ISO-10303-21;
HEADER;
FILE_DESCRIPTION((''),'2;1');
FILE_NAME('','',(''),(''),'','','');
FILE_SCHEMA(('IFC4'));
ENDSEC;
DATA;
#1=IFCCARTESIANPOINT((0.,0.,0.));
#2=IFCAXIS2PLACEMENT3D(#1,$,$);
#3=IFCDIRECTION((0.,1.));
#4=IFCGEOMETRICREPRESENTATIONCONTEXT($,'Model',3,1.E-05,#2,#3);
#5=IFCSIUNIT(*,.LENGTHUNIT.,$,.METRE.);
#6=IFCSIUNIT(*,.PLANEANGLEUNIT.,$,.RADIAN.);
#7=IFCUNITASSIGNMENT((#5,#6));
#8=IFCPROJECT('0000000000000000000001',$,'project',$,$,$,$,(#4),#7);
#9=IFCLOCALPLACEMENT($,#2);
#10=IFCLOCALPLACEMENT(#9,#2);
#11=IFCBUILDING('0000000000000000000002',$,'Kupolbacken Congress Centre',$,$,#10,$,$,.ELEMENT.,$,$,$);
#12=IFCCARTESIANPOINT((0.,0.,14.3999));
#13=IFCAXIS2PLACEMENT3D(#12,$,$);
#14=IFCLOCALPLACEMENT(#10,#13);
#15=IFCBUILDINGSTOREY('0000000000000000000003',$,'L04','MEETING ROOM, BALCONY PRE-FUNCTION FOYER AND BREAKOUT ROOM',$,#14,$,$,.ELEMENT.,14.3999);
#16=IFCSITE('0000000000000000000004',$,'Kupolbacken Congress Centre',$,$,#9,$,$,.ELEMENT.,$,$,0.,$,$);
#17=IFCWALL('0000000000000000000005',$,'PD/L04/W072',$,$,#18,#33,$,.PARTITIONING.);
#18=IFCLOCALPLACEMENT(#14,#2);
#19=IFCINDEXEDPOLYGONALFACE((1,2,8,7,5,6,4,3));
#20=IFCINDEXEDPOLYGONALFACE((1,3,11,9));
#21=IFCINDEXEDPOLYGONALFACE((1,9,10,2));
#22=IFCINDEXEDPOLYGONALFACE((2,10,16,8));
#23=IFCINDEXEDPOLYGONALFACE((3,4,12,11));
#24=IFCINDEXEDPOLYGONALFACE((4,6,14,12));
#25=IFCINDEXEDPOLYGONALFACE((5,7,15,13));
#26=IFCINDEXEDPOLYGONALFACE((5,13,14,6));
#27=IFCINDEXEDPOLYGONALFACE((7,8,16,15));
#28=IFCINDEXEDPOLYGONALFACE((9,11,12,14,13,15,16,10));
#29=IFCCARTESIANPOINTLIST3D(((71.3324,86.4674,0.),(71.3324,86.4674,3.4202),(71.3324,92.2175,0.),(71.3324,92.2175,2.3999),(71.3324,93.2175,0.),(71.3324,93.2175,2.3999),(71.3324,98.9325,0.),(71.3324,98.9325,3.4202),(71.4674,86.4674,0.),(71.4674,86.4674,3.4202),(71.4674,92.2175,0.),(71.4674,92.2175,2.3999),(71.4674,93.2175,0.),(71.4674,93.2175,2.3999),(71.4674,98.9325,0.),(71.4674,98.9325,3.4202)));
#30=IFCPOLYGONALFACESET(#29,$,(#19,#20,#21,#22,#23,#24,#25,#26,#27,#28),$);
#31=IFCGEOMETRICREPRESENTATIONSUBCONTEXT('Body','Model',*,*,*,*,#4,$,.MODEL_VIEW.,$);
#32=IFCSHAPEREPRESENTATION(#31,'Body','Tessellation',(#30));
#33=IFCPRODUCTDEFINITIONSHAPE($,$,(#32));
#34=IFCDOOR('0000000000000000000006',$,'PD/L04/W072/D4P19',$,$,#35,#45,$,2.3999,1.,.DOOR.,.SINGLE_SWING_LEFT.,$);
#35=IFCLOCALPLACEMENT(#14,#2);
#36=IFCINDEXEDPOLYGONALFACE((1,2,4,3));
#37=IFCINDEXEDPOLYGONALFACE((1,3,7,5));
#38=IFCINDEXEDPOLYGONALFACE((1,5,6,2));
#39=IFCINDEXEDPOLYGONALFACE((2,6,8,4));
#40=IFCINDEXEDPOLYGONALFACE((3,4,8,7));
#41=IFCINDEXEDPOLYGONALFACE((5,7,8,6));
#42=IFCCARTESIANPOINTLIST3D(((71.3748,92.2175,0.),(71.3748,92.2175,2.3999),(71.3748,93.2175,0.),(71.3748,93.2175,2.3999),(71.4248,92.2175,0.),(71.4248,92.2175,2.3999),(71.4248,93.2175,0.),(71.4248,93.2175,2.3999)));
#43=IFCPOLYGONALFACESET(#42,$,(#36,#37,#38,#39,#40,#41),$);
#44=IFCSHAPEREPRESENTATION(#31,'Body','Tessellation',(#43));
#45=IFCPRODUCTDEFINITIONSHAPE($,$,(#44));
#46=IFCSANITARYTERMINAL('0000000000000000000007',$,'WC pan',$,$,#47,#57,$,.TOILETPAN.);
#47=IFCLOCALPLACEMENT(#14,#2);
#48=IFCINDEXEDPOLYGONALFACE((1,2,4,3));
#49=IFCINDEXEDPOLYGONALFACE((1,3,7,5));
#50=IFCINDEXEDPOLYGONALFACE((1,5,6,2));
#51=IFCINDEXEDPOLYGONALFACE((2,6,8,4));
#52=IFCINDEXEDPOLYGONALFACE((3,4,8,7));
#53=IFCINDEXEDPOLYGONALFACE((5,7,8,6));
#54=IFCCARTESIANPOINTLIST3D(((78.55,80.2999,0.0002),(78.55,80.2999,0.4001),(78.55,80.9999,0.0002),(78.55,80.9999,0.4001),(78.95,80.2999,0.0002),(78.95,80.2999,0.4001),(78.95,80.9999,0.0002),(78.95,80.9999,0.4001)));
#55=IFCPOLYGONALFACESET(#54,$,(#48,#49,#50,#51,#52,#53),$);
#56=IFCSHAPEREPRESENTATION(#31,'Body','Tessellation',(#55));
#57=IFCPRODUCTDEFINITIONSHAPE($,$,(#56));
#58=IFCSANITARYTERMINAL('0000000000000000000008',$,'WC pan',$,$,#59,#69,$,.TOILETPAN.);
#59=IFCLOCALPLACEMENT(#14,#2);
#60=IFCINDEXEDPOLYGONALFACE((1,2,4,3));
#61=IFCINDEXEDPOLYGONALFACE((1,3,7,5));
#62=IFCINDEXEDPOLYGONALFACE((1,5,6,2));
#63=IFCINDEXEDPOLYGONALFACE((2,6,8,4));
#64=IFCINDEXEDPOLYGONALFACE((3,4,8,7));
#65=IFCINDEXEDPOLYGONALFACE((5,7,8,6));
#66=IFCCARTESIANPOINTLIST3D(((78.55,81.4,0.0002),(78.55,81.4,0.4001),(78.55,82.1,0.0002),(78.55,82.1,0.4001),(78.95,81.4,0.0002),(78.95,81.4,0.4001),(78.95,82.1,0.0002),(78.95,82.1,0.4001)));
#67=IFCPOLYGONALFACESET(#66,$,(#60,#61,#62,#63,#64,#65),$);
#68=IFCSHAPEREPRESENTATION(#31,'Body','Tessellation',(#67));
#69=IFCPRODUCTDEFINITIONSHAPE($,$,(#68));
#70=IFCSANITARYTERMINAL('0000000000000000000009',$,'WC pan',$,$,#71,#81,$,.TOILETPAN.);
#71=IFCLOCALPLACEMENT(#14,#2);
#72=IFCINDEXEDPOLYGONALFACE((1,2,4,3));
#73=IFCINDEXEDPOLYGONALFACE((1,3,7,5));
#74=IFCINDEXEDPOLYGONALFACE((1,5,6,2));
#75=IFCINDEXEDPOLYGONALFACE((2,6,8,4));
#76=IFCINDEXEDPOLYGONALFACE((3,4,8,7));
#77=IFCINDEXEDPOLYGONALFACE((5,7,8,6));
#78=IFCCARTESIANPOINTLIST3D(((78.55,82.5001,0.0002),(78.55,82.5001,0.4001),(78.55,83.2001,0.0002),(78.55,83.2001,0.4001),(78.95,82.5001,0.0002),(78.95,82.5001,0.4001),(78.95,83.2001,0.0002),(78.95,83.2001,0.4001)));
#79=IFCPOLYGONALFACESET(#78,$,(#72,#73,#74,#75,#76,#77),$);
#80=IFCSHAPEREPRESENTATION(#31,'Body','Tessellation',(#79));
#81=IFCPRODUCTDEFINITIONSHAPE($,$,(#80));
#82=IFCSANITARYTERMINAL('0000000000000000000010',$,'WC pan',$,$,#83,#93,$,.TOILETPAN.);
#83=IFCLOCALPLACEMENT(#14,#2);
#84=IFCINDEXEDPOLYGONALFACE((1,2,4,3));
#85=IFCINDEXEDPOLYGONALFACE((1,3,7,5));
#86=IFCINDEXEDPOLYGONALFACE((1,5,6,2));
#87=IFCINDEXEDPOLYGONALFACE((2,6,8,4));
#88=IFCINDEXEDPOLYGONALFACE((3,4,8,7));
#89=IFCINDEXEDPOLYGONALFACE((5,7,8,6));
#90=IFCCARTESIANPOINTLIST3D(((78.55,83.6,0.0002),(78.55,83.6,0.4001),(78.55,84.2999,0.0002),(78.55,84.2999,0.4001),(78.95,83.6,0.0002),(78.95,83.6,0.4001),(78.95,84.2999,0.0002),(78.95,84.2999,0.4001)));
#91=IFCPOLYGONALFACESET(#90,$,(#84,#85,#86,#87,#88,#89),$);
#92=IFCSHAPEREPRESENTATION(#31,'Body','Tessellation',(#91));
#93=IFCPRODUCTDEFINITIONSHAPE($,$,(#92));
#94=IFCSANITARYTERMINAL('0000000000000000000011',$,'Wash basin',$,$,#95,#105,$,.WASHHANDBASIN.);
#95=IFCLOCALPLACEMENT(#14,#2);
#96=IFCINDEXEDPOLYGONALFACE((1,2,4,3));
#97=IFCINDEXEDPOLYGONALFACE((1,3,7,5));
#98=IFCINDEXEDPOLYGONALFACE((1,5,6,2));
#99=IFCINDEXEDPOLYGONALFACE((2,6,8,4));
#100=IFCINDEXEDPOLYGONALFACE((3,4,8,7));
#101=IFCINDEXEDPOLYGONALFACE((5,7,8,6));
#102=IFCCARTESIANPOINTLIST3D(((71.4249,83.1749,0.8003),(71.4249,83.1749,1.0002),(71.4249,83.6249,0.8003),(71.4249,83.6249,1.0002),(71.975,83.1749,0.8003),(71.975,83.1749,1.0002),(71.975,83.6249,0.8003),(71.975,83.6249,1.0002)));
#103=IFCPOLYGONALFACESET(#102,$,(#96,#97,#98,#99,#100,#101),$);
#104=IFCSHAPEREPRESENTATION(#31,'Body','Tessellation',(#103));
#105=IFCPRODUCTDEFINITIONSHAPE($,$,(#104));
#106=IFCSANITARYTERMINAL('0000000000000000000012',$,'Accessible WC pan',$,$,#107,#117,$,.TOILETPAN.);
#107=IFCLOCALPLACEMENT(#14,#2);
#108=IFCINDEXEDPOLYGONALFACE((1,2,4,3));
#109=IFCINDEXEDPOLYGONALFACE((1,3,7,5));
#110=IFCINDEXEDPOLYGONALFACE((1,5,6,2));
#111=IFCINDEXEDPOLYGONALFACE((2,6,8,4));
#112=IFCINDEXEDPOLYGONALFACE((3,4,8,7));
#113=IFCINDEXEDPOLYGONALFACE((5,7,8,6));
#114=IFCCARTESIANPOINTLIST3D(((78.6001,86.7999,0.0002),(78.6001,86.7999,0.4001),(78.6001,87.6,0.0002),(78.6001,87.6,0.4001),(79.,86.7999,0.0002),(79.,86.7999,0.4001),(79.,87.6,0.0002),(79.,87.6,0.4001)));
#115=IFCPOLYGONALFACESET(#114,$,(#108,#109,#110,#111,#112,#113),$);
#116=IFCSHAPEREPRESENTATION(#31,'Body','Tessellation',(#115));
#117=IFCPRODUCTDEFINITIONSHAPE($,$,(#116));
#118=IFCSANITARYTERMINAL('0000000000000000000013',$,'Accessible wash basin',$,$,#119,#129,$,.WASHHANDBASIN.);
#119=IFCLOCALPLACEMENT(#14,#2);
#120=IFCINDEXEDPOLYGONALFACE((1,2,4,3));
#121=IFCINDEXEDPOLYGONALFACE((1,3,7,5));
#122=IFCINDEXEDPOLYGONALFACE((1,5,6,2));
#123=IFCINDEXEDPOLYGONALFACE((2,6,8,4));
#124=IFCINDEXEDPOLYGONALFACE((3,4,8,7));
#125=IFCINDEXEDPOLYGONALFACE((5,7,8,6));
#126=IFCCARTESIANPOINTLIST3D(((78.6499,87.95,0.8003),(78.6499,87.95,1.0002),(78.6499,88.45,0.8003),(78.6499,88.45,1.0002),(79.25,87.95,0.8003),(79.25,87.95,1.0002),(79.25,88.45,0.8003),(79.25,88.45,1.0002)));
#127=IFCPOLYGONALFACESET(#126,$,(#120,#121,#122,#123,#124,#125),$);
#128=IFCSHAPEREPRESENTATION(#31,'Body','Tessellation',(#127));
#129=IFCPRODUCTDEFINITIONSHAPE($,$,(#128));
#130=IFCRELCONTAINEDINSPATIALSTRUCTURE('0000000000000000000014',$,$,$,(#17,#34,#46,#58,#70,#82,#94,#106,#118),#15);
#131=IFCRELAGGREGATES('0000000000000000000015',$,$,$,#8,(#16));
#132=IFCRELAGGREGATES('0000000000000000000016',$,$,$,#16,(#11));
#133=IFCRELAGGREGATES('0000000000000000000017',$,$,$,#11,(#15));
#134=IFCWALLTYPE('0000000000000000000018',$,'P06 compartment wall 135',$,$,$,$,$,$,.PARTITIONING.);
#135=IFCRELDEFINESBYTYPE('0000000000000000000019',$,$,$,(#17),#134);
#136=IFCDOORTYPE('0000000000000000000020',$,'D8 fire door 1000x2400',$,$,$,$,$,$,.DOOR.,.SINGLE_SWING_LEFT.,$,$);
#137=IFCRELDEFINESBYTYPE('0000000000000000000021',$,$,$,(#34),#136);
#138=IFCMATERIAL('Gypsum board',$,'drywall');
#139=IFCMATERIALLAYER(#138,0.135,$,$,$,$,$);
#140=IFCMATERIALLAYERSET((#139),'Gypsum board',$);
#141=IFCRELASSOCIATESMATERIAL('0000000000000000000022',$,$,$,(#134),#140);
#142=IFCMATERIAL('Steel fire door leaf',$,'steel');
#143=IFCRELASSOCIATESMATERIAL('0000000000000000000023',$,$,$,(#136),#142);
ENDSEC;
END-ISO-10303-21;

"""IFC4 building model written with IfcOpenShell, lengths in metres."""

from ifc_helpers import new_model, si_unit, direction, frame, frame_2d, origin, origin_2d, place, context, subcontext, project, spatial, rectangle, extrude, material, layer, layer_set, type_object, element, fill, save


model = new_model("IFC4")

# Units and contexts
model_context = context("Model", 3, precision=1e-05, world=origin(), true_north=direction((0.0, 1.0)))
body_context = subcontext(model_context, "Body", "Model", "MODEL_VIEW")
ifc_project = project(units=[si_unit("LENGTHUNIT", "METRE"), si_unit("PLANEANGLEUNIT", "RADIAN")], contexts=[model_context])

# Site, building, storey
site_placement = place(None, origin())
site = spatial("IfcSite", under=ifc_project, at=site_placement, Name="Kupolbacken Congress Centre", CompositionType="ELEMENT", RefElevation=0.0)
building_placement = place(site_placement, origin())
building = spatial("IfcBuilding", under=site, at=building_placement, Name="Kupolbacken Congress Centre", CompositionType="ELEMENT")
storey_placement = place(building_placement, frame((0.0, 0.0, 14.3999)))
storey = spatial("IfcBuildingStorey", under=building, at=storey_placement, Name="L04", Description="MEETING ROOM, BALCONY PRE-FUNCTION FOYER AND BREAKOUT ROOM", CompositionType="ELEMENT", Elevation=14.3999)

# Shared definitions
ifc_material_1 = material(Name="Gypsum board", Category="drywall")
ifc_layer_1 = layer(ifc_material_1, 0.135)
ifc_layer_set_1 = layer_set([ifc_layer_1], Name="Gypsum board")
wall_type_1 = type_object("IfcWallType", Name="P06 compartment wall 135", PredefinedType="PARTITIONING", material=ifc_layer_set_1)

# Wall, opening, door
wall_1_placement = place(storey_placement, frame((71.3999, 86.4675, 0.0), z_axis=(0.0, 0.0, 1.0), x_axis=(0.0, 1.0, 0.0)))
wall_1 = element("IfcWall", 1, at=wall_1_placement, inside=storey, type_object=wall_type_1, Name="PD/L04/W072", PredefinedType="PARTITIONING", context=body_context, shape_type="SweptSolid", body=[
    extrude(rectangle(XDim=12.4651, YDim=0.135, at=frame_2d((6.2324, 0.0))), origin(), (0.0, 0.0, 1.0), 3.4202),
])
opening_1_placement = place(wall_1_placement, frame((5.75, 0.0, 0.0)))
opening_1 = element("IfcOpeningElement", 2, at=opening_1_placement, cuts=wall_1, PredefinedType="OPENING", context=body_context, shape_type="SweptSolid", body=[
    extrude(rectangle(XDim=1.0, YDim=2.3999, at=frame_2d((0.5, 1.2))), frame((0.0, 0.0774, 0.0), z_axis=(0.0, -1.0, 0.0), x_axis=(1.0, 0.0, 0.0)), (0.0, 0.0, 1.0), 0.155),
])
ifc_material_2 = material(Name="Steel fire door leaf", Category="steel")
door_type_1 = type_object("IfcDoorType", Name="D8 fire door 1000x2400", OperationType="SINGLE_SWING_LEFT", PredefinedType="DOOR", material=ifc_material_2)
door_1_placement = place(opening_1_placement, frame((1.0, 0.0, 0.0), z_axis=(0.0, 0.0, 1.0), x_axis=(-1.0, 0.0, 0.0)))
door_1 = element("IfcDoor", 3, at=door_1_placement, inside=storey, type_object=door_type_1, Name="PD/L04/W072/D4P19", OperationType="SINGLE_SWING_LEFT", OverallHeight=2.3999, OverallWidth=1.0, PredefinedType="DOOR", context=body_context, shape_type="SweptSolid", body=[
    extrude(rectangle(XDim=1.0, YDim=2.3999, at=frame_2d((0.5, 1.2))), frame((0.0, 0.0249, 0.0), z_axis=(0.0, -1.0, 0.0), x_axis=(1.0, 0.0, 0.0)), (0.0, 0.0, 1.0), 0.05),
])
fill(opening_1, door_1)

# Sanitary terminals
for number, where, z_axis, x_axis, name in (
    (4, (78.75, 80.6499, 0.0002), (0.0, 0.0, 1.0), (1.0, 0.0, 0.0), "WC pan"),
    (5, (78.75, 81.75, 0.0002), (0.0, 0.0, 1.0), (1.0, 0.0, 0.0), "WC pan"),
    (6, (78.75, 82.8501, 0.0002), (0.0, 0.0, 1.0), (1.0, 0.0, 0.0), "WC pan"),
    (7, (78.75, 83.95, 0.0002), (0.0, 0.0, 1.0), (1.0, 0.0, 0.0), "WC pan"),
):
    element("IfcSanitaryTerminal", number, at=place(storey_placement, frame(where, z_axis=z_axis, x_axis=x_axis)), inside=storey, Name=name, PredefinedType="TOILETPAN", context=body_context, shape_type="SweptSolid", body=[
        extrude(rectangle(XDim=0.3999, YDim=0.7, at=origin_2d()), origin(), (0.0, 0.0, 1.0), 0.3999),
    ])
sanitary_terminal_1_placement = place(storey_placement, frame((71.7, 83.3999, 0.8003), z_axis=(0.0, 0.0, 1.0), x_axis=(1.0, 0.0, 0.0)))
element("IfcSanitaryTerminal", 8, at=sanitary_terminal_1_placement, inside=storey, Name="Wash basin", PredefinedType="WASHHANDBASIN", context=body_context, shape_type="SweptSolid", body=[
    extrude(rectangle(XDim=0.55, YDim=0.45, at=origin_2d()), origin(), (0.0, 0.0, 1.0), 0.2),
])
sanitary_terminal_2_placement = place(storey_placement, frame((78.8, 87.2, 0.0002), z_axis=(0.0, 0.0, 1.0), x_axis=(1.0, 0.0, 0.0)))
element("IfcSanitaryTerminal", 9, at=sanitary_terminal_2_placement, inside=storey, Name="Accessible WC pan", PredefinedType="TOILETPAN", context=body_context, shape_type="SweptSolid", body=[
    extrude(rectangle(XDim=0.3999, YDim=0.8, at=origin_2d()), origin(), (0.0, 0.0, 1.0), 0.3999),
])
sanitary_terminal_3_placement = place(storey_placement, frame((78.95, 88.2, 0.8003), z_axis=(0.0, 0.0, 1.0), x_axis=(1.0, 0.0, 0.0)))
element("IfcSanitaryTerminal", 10, at=sanitary_terminal_3_placement, inside=storey, Name="Accessible wash basin", PredefinedType="WASHHANDBASIN", context=body_context, shape_type="SweptSolid", body=[
    extrude(rectangle(XDim=0.6001, YDim=0.5, at=origin_2d()), origin(), (0.0, 0.0, 1.0), 0.2),
])

save(model, "model.ifc")
